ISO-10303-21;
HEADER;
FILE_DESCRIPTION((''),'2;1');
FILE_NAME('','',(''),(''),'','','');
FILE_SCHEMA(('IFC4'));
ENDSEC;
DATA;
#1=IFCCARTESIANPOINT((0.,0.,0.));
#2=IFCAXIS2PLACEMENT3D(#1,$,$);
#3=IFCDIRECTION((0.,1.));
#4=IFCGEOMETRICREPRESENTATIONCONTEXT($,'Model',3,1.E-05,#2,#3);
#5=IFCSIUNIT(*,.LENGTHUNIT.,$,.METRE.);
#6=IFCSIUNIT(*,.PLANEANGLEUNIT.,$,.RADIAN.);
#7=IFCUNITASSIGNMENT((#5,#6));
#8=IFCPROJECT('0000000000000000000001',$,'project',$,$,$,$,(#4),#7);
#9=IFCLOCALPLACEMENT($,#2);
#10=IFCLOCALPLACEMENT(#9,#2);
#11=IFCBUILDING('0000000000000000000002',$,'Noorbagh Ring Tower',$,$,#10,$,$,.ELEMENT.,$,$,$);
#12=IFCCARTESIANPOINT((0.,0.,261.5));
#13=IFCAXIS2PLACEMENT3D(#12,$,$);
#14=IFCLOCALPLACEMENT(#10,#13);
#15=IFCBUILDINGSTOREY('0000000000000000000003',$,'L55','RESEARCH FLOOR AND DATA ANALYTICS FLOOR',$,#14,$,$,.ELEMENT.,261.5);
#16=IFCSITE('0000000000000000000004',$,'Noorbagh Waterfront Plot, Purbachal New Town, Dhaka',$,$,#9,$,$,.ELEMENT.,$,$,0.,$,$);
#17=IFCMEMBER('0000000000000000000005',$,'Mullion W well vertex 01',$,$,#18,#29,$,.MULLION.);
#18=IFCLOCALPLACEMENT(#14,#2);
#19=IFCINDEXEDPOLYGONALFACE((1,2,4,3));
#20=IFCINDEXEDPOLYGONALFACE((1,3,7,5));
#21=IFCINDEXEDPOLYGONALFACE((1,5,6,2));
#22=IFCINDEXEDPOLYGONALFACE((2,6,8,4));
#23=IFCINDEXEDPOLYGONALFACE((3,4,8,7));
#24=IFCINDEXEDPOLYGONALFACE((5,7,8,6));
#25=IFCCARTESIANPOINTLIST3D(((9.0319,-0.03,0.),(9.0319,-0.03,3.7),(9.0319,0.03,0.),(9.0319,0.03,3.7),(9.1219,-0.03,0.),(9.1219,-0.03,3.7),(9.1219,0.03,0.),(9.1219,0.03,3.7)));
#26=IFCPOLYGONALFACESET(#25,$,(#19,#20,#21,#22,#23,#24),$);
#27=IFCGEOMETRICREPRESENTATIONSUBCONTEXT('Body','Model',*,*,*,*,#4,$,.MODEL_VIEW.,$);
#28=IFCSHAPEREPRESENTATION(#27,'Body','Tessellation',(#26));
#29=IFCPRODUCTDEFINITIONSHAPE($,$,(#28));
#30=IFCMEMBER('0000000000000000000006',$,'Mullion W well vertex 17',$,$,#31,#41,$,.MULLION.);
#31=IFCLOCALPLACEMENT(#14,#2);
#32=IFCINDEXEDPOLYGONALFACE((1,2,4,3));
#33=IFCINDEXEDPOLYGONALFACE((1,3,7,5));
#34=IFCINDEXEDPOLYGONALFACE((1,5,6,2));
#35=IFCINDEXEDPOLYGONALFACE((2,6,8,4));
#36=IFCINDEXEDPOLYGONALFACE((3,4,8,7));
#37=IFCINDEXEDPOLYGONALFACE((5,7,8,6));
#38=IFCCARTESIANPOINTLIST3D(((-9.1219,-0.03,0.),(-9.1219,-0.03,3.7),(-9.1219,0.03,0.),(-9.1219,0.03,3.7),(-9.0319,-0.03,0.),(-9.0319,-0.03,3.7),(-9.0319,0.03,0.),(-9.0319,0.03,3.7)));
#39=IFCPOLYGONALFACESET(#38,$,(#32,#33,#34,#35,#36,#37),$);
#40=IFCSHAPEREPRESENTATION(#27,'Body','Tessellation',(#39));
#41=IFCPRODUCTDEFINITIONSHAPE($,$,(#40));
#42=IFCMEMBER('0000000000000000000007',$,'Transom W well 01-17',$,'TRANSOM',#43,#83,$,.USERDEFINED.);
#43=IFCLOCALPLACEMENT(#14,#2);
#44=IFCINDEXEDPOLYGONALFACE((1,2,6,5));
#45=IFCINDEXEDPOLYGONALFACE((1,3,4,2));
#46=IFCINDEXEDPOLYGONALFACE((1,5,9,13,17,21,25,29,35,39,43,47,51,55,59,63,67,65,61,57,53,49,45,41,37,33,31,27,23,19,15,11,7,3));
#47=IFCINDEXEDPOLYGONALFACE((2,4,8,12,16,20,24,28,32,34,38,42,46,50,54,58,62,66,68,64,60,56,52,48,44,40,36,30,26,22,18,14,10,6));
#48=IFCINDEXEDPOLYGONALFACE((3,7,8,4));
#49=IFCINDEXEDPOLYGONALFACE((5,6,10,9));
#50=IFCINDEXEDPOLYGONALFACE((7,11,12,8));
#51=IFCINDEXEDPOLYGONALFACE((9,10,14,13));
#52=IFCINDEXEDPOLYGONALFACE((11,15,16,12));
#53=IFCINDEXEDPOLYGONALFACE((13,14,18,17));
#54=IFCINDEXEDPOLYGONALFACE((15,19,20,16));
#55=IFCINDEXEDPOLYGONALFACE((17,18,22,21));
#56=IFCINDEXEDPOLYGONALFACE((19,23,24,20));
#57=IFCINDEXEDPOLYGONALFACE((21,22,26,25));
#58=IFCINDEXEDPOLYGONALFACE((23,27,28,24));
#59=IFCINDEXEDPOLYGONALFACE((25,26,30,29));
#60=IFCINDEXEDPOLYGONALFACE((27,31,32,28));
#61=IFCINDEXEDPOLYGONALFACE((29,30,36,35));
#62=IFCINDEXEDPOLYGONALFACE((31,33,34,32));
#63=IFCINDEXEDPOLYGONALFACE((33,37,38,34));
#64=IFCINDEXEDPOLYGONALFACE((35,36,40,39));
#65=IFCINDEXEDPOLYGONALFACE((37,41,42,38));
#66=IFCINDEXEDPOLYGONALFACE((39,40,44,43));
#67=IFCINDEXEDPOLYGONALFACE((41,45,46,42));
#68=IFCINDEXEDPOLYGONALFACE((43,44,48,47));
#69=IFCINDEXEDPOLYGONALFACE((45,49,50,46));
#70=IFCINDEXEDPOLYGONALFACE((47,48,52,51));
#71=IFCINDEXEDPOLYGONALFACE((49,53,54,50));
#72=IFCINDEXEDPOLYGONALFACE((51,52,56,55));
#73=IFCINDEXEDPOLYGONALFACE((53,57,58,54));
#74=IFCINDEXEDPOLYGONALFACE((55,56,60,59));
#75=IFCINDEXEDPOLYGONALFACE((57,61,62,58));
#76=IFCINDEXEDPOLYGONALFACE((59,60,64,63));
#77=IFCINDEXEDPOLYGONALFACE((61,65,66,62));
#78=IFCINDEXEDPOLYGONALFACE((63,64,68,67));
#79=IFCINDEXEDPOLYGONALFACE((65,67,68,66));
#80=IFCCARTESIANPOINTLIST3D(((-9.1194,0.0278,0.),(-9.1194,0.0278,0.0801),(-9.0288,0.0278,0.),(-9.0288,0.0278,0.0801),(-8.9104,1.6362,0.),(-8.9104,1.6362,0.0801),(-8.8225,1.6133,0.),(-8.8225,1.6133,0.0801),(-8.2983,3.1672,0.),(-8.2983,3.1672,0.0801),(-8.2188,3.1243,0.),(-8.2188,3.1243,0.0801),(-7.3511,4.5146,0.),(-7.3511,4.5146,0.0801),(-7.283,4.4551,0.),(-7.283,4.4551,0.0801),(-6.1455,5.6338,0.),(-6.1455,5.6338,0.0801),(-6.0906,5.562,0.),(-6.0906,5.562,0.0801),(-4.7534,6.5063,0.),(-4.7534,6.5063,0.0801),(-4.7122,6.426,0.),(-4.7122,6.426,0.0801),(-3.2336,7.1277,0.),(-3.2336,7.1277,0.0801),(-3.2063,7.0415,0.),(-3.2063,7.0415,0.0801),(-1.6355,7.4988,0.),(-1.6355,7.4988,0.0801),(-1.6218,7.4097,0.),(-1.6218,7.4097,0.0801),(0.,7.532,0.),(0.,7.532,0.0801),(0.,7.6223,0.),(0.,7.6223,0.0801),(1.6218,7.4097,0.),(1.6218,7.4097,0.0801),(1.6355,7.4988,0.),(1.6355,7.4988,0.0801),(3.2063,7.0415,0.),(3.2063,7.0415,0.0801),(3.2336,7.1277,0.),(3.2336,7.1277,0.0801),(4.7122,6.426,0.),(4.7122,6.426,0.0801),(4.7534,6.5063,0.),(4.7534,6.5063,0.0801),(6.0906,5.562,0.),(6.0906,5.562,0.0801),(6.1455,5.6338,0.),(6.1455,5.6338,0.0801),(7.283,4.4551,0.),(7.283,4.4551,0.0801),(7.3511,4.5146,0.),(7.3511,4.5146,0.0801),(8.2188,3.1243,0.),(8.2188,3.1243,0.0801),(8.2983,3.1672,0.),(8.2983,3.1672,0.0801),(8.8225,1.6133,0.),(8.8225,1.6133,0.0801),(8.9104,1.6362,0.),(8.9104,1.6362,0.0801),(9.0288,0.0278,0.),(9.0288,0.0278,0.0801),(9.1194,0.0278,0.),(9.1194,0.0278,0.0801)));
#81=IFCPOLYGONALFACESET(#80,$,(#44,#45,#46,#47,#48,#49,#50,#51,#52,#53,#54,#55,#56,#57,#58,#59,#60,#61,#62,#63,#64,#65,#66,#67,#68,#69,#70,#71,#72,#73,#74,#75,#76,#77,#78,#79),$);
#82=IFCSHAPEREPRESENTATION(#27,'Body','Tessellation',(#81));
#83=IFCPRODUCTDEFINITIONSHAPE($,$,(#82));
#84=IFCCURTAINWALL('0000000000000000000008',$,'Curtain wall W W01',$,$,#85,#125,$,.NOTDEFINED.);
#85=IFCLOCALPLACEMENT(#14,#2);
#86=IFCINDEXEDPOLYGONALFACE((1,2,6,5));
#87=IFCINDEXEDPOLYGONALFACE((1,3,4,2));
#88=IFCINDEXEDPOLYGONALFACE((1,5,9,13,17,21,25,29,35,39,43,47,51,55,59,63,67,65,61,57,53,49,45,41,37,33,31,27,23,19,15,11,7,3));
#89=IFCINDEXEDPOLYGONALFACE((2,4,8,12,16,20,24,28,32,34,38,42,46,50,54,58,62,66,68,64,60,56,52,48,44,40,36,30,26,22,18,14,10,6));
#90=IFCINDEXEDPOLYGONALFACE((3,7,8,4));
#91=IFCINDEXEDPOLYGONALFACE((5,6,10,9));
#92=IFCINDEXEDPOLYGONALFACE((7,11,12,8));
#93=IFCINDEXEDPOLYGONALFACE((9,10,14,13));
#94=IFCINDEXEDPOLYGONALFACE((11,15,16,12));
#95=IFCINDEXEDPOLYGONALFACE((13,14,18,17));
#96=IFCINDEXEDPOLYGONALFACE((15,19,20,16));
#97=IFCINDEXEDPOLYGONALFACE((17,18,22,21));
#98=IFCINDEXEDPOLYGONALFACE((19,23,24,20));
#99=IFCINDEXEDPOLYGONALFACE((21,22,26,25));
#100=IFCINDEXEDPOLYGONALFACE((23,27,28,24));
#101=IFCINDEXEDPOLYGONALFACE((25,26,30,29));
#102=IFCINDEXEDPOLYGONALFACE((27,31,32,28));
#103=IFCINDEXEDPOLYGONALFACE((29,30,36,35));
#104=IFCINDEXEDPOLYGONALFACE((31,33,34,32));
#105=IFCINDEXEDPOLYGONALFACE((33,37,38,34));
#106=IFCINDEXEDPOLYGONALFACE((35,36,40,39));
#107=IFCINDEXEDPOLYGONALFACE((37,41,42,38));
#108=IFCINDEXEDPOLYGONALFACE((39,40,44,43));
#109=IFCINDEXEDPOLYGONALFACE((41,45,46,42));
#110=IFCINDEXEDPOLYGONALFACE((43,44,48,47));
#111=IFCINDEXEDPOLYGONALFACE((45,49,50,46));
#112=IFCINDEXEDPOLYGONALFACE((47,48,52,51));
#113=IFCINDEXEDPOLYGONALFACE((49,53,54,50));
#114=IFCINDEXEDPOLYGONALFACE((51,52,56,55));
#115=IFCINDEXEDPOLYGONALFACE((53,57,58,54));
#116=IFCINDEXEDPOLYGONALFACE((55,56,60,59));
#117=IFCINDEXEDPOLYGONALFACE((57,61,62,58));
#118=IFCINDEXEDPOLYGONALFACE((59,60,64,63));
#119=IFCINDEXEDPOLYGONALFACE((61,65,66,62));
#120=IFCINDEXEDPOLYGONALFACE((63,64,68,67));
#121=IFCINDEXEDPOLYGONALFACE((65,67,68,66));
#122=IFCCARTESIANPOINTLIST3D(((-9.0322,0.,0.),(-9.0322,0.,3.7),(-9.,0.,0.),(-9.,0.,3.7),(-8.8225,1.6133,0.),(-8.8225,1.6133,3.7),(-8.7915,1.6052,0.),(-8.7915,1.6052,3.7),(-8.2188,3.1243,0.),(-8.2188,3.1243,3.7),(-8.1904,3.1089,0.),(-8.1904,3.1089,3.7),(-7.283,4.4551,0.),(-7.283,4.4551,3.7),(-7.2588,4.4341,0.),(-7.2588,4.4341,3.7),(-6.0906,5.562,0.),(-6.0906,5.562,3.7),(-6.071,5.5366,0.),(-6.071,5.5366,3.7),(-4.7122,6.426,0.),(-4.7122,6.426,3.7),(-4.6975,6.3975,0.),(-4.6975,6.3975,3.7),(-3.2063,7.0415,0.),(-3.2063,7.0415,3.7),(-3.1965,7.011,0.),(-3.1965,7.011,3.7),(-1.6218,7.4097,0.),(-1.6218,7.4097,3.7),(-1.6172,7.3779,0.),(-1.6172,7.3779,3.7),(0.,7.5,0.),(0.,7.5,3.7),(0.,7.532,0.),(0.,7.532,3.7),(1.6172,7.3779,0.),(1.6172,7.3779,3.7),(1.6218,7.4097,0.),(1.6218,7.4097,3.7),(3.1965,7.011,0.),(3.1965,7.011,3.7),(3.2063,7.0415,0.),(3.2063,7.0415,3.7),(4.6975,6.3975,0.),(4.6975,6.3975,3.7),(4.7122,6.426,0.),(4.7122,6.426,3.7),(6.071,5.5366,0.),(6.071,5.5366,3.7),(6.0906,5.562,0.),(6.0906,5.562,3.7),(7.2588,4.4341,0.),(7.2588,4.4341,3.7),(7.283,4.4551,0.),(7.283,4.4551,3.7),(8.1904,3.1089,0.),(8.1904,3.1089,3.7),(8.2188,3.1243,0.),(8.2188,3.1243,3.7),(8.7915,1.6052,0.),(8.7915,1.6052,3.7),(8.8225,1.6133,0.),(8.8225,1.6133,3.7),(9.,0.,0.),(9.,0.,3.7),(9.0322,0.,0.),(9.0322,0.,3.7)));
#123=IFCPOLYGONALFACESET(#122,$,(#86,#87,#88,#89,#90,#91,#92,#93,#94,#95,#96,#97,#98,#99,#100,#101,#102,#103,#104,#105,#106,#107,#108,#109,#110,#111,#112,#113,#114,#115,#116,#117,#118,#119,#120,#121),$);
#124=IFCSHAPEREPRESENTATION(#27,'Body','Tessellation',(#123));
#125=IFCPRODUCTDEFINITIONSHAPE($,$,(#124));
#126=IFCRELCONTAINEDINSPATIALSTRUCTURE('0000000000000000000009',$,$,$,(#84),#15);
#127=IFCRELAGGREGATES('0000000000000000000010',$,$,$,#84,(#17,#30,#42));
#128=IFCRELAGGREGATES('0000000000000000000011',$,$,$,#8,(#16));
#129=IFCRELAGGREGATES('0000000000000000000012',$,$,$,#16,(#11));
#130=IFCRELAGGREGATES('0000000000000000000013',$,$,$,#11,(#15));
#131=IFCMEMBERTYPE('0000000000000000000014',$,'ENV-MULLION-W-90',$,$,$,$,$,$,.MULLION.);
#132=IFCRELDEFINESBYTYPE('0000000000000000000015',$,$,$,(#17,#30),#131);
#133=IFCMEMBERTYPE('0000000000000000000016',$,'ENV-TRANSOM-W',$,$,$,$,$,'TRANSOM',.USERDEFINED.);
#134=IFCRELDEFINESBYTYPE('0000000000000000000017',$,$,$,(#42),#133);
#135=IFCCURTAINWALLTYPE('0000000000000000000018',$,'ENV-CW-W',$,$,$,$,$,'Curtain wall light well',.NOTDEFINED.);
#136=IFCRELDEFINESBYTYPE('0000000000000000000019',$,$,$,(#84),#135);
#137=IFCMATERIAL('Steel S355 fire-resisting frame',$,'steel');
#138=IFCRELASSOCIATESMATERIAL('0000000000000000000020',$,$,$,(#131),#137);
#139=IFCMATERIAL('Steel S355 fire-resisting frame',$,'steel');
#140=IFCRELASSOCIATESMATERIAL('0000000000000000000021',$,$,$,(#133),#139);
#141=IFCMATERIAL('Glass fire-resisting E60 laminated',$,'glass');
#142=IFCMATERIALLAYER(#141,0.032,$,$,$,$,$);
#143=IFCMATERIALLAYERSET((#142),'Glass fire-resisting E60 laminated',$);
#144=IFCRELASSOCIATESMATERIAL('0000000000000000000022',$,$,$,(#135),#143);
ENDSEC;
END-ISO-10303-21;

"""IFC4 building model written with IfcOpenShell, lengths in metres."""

from ifc_helpers import new_model, si_unit, direction, frame, origin, origin_2d, place, context, subcontext, project, spatial, polyline, rectangle, outline, extrude, material, layer, layer_set, material_profile, profile_set, type_object, element, aggregate, save


model = new_model("IFC4")

# Units and contexts
model_context = context("Model", 3, precision=1e-05, world=origin(), true_north=direction((0.0, 1.0)))
body_context = subcontext(model_context, "Body", "Model", "MODEL_VIEW")
ifc_project = project(units=[si_unit("LENGTHUNIT", "METRE"), si_unit("PLANEANGLEUNIT", "RADIAN")], contexts=[model_context])

# Members
site_placement = place(None, origin())
building_placement = place(site_placement, origin())
storey_placement = place(building_placement, frame((0.0, 0.0, 261.5)))
ifc_material_1 = material(Name="Steel S355 fire-resisting frame", Category="steel")
ifc_material_profile_1 = material_profile(ifc_material_1, rectangle(XDim=0.0901, YDim=0.0601, at=origin_2d()), Name="90x60")
ifc_profile_set_1 = profile_set([ifc_material_profile_1], Name="Steel S355 fire-resisting frame")
member_type_1 = type_object("IfcMemberType", Name="ENV-MULLION-W-90", PredefinedType="MULLION", material=ifc_profile_set_1)
member_1_placement = place(storey_placement, frame((9.0769, 0.0, 0.0), z_axis=(0.0, 0.0, 1.0), x_axis=(1.0, 0.0, 0.0)))
member_1 = element("IfcMember", 1, at=member_1_placement, type_object=member_type_1, Name="Mullion W well vertex 01", PredefinedType="MULLION", context=body_context, shape_type="SweptSolid", body=[
    extrude(rectangle(XDim=0.0901, YDim=0.0601, at=origin_2d()), origin(), (0.0, 0.0, 1.0), 3.7),
])
member_2_placement = place(storey_placement, frame((-9.0769, 0.0, 0.0), z_axis=(0.0, 0.0, 1.0), x_axis=(-1.0, 0.0, 0.0)))
member_2 = element("IfcMember", 2, at=member_2_placement, type_object=member_type_1, Name="Mullion W well vertex 17", PredefinedType="MULLION", context=body_context, shape_type="SweptSolid", body=[
    extrude(rectangle(XDim=0.0901, YDim=0.0601, at=origin_2d()), origin(), (0.0, 0.0, 1.0), 3.7),
])
ifc_material_2 = material(Name="Steel S355 fire-resisting frame", Category="steel")
member_type_2 = type_object("IfcMemberType", Name="ENV-TRANSOM-W", ElementType="TRANSOM", PredefinedType="USERDEFINED", material=ifc_material_2)
member_3_placement = place(storey_placement, origin())
member_3 = element("IfcMember", 3, at=member_3_placement, type_object=member_type_2, Name="Transom W well 01-17", ObjectType="TRANSOM", PredefinedType="USERDEFINED", context=body_context, shape_type="SweptSolid", body=[
    extrude(outline(polyline([(9.1194, 0.0278), (8.9104, 1.6362), (8.2983, 3.1672), (7.3511, 4.5146), (6.1455, 5.6338), (4.7534, 6.5063), (3.2336, 7.1277), (1.6355, 7.4988), (0.0, 7.6223), (-1.6355, 7.4988), (-3.2336, 7.1277), (-4.7534, 6.5063), (-6.1455, 5.6338), (-7.3511, 4.5146), (-8.2983, 3.1672), (-8.9104, 1.6362), (-9.1194, 0.0278), (-9.0288, 0.0278), (-8.8225, 1.6133), (-8.2188, 3.1243), (-7.283, 4.4551), (-6.0906, 5.562), (-4.7122, 6.426), (-3.2063, 7.0415), (-1.6218, 7.4097), (0.0, 7.532), (1.6218, 7.4097), (3.2063, 7.0415), (4.7122, 6.426), (6.0906, 5.562), (7.283, 4.4551), (8.2188, 3.1243), (8.8225, 1.6133), (9.0288, 0.0278), (9.1194, 0.0278)])), origin(), (0.0, 0.0, 1.0), 0.0801),
])

# Site, building, storey
site = spatial("IfcSite", under=ifc_project, at=site_placement, Name="Noorbagh Waterfront Plot, Purbachal New Town, Dhaka", CompositionType="ELEMENT", RefElevation=0.0)
building = spatial("IfcBuilding", under=site, at=building_placement, Name="Noorbagh Ring Tower", CompositionType="ELEMENT")
storey = spatial("IfcBuildingStorey", under=building, at=storey_placement, Name="L55", Description="RESEARCH FLOOR AND DATA ANALYTICS FLOOR", CompositionType="ELEMENT", Elevation=261.5)

# Curtain wall
ifc_material_3 = material(Name="Glass fire-resisting E60 laminated", Category="glass")
ifc_layer_1 = layer(ifc_material_3, 0.032)
ifc_layer_set_1 = layer_set([ifc_layer_1], Name="Glass fire-resisting E60 laminated")
curtain_wall_type_1 = type_object("IfcCurtainWallType", Name="ENV-CW-W", ElementType="Curtain wall light well", PredefinedType="NOTDEFINED", material=ifc_layer_set_1)
curtain_wall_1_placement = place(storey_placement, origin())
curtain_wall_1 = element("IfcCurtainWall", 4, at=curtain_wall_1_placement, inside=storey, type_object=curtain_wall_type_1, Name="Curtain wall W W01", PredefinedType="NOTDEFINED", context=body_context, shape_type="SweptSolid", body=[
    extrude(outline(polyline([(9.0322, 0.0), (8.8225, 1.6133), (8.2188, 3.1243), (7.283, 4.4551), (6.0906, 5.562), (4.7122, 6.426), (3.2063, 7.0415), (1.6218, 7.4097), (0.0, 7.532), (-1.6218, 7.4097), (-3.2063, 7.0415), (-4.7122, 6.426), (-6.0906, 5.562), (-7.283, 4.4551), (-8.2188, 3.1243), (-8.8225, 1.6133), (-9.0322, 0.0), (-9.0, 0.0), (-8.7915, 1.6052), (-8.1904, 3.1089), (-7.2588, 4.4341), (-6.071, 5.5366), (-4.6975, 6.3975), (-3.1965, 7.011), (-1.6172, 7.3779), (0.0, 7.5), (1.6172, 7.3779), (3.1965, 7.011), (4.6975, 6.3975), (6.071, 5.5366), (7.2588, 4.4341), (8.1904, 3.1089), (8.7915, 1.6052), (9.0, 0.0), (9.0322, 0.0)])), origin(), (0.0, 0.0, 1.0), 3.7),
])
aggregate(curtain_wall_1, [member_1, member_2, member_3])

save(model, "model.ifc")
